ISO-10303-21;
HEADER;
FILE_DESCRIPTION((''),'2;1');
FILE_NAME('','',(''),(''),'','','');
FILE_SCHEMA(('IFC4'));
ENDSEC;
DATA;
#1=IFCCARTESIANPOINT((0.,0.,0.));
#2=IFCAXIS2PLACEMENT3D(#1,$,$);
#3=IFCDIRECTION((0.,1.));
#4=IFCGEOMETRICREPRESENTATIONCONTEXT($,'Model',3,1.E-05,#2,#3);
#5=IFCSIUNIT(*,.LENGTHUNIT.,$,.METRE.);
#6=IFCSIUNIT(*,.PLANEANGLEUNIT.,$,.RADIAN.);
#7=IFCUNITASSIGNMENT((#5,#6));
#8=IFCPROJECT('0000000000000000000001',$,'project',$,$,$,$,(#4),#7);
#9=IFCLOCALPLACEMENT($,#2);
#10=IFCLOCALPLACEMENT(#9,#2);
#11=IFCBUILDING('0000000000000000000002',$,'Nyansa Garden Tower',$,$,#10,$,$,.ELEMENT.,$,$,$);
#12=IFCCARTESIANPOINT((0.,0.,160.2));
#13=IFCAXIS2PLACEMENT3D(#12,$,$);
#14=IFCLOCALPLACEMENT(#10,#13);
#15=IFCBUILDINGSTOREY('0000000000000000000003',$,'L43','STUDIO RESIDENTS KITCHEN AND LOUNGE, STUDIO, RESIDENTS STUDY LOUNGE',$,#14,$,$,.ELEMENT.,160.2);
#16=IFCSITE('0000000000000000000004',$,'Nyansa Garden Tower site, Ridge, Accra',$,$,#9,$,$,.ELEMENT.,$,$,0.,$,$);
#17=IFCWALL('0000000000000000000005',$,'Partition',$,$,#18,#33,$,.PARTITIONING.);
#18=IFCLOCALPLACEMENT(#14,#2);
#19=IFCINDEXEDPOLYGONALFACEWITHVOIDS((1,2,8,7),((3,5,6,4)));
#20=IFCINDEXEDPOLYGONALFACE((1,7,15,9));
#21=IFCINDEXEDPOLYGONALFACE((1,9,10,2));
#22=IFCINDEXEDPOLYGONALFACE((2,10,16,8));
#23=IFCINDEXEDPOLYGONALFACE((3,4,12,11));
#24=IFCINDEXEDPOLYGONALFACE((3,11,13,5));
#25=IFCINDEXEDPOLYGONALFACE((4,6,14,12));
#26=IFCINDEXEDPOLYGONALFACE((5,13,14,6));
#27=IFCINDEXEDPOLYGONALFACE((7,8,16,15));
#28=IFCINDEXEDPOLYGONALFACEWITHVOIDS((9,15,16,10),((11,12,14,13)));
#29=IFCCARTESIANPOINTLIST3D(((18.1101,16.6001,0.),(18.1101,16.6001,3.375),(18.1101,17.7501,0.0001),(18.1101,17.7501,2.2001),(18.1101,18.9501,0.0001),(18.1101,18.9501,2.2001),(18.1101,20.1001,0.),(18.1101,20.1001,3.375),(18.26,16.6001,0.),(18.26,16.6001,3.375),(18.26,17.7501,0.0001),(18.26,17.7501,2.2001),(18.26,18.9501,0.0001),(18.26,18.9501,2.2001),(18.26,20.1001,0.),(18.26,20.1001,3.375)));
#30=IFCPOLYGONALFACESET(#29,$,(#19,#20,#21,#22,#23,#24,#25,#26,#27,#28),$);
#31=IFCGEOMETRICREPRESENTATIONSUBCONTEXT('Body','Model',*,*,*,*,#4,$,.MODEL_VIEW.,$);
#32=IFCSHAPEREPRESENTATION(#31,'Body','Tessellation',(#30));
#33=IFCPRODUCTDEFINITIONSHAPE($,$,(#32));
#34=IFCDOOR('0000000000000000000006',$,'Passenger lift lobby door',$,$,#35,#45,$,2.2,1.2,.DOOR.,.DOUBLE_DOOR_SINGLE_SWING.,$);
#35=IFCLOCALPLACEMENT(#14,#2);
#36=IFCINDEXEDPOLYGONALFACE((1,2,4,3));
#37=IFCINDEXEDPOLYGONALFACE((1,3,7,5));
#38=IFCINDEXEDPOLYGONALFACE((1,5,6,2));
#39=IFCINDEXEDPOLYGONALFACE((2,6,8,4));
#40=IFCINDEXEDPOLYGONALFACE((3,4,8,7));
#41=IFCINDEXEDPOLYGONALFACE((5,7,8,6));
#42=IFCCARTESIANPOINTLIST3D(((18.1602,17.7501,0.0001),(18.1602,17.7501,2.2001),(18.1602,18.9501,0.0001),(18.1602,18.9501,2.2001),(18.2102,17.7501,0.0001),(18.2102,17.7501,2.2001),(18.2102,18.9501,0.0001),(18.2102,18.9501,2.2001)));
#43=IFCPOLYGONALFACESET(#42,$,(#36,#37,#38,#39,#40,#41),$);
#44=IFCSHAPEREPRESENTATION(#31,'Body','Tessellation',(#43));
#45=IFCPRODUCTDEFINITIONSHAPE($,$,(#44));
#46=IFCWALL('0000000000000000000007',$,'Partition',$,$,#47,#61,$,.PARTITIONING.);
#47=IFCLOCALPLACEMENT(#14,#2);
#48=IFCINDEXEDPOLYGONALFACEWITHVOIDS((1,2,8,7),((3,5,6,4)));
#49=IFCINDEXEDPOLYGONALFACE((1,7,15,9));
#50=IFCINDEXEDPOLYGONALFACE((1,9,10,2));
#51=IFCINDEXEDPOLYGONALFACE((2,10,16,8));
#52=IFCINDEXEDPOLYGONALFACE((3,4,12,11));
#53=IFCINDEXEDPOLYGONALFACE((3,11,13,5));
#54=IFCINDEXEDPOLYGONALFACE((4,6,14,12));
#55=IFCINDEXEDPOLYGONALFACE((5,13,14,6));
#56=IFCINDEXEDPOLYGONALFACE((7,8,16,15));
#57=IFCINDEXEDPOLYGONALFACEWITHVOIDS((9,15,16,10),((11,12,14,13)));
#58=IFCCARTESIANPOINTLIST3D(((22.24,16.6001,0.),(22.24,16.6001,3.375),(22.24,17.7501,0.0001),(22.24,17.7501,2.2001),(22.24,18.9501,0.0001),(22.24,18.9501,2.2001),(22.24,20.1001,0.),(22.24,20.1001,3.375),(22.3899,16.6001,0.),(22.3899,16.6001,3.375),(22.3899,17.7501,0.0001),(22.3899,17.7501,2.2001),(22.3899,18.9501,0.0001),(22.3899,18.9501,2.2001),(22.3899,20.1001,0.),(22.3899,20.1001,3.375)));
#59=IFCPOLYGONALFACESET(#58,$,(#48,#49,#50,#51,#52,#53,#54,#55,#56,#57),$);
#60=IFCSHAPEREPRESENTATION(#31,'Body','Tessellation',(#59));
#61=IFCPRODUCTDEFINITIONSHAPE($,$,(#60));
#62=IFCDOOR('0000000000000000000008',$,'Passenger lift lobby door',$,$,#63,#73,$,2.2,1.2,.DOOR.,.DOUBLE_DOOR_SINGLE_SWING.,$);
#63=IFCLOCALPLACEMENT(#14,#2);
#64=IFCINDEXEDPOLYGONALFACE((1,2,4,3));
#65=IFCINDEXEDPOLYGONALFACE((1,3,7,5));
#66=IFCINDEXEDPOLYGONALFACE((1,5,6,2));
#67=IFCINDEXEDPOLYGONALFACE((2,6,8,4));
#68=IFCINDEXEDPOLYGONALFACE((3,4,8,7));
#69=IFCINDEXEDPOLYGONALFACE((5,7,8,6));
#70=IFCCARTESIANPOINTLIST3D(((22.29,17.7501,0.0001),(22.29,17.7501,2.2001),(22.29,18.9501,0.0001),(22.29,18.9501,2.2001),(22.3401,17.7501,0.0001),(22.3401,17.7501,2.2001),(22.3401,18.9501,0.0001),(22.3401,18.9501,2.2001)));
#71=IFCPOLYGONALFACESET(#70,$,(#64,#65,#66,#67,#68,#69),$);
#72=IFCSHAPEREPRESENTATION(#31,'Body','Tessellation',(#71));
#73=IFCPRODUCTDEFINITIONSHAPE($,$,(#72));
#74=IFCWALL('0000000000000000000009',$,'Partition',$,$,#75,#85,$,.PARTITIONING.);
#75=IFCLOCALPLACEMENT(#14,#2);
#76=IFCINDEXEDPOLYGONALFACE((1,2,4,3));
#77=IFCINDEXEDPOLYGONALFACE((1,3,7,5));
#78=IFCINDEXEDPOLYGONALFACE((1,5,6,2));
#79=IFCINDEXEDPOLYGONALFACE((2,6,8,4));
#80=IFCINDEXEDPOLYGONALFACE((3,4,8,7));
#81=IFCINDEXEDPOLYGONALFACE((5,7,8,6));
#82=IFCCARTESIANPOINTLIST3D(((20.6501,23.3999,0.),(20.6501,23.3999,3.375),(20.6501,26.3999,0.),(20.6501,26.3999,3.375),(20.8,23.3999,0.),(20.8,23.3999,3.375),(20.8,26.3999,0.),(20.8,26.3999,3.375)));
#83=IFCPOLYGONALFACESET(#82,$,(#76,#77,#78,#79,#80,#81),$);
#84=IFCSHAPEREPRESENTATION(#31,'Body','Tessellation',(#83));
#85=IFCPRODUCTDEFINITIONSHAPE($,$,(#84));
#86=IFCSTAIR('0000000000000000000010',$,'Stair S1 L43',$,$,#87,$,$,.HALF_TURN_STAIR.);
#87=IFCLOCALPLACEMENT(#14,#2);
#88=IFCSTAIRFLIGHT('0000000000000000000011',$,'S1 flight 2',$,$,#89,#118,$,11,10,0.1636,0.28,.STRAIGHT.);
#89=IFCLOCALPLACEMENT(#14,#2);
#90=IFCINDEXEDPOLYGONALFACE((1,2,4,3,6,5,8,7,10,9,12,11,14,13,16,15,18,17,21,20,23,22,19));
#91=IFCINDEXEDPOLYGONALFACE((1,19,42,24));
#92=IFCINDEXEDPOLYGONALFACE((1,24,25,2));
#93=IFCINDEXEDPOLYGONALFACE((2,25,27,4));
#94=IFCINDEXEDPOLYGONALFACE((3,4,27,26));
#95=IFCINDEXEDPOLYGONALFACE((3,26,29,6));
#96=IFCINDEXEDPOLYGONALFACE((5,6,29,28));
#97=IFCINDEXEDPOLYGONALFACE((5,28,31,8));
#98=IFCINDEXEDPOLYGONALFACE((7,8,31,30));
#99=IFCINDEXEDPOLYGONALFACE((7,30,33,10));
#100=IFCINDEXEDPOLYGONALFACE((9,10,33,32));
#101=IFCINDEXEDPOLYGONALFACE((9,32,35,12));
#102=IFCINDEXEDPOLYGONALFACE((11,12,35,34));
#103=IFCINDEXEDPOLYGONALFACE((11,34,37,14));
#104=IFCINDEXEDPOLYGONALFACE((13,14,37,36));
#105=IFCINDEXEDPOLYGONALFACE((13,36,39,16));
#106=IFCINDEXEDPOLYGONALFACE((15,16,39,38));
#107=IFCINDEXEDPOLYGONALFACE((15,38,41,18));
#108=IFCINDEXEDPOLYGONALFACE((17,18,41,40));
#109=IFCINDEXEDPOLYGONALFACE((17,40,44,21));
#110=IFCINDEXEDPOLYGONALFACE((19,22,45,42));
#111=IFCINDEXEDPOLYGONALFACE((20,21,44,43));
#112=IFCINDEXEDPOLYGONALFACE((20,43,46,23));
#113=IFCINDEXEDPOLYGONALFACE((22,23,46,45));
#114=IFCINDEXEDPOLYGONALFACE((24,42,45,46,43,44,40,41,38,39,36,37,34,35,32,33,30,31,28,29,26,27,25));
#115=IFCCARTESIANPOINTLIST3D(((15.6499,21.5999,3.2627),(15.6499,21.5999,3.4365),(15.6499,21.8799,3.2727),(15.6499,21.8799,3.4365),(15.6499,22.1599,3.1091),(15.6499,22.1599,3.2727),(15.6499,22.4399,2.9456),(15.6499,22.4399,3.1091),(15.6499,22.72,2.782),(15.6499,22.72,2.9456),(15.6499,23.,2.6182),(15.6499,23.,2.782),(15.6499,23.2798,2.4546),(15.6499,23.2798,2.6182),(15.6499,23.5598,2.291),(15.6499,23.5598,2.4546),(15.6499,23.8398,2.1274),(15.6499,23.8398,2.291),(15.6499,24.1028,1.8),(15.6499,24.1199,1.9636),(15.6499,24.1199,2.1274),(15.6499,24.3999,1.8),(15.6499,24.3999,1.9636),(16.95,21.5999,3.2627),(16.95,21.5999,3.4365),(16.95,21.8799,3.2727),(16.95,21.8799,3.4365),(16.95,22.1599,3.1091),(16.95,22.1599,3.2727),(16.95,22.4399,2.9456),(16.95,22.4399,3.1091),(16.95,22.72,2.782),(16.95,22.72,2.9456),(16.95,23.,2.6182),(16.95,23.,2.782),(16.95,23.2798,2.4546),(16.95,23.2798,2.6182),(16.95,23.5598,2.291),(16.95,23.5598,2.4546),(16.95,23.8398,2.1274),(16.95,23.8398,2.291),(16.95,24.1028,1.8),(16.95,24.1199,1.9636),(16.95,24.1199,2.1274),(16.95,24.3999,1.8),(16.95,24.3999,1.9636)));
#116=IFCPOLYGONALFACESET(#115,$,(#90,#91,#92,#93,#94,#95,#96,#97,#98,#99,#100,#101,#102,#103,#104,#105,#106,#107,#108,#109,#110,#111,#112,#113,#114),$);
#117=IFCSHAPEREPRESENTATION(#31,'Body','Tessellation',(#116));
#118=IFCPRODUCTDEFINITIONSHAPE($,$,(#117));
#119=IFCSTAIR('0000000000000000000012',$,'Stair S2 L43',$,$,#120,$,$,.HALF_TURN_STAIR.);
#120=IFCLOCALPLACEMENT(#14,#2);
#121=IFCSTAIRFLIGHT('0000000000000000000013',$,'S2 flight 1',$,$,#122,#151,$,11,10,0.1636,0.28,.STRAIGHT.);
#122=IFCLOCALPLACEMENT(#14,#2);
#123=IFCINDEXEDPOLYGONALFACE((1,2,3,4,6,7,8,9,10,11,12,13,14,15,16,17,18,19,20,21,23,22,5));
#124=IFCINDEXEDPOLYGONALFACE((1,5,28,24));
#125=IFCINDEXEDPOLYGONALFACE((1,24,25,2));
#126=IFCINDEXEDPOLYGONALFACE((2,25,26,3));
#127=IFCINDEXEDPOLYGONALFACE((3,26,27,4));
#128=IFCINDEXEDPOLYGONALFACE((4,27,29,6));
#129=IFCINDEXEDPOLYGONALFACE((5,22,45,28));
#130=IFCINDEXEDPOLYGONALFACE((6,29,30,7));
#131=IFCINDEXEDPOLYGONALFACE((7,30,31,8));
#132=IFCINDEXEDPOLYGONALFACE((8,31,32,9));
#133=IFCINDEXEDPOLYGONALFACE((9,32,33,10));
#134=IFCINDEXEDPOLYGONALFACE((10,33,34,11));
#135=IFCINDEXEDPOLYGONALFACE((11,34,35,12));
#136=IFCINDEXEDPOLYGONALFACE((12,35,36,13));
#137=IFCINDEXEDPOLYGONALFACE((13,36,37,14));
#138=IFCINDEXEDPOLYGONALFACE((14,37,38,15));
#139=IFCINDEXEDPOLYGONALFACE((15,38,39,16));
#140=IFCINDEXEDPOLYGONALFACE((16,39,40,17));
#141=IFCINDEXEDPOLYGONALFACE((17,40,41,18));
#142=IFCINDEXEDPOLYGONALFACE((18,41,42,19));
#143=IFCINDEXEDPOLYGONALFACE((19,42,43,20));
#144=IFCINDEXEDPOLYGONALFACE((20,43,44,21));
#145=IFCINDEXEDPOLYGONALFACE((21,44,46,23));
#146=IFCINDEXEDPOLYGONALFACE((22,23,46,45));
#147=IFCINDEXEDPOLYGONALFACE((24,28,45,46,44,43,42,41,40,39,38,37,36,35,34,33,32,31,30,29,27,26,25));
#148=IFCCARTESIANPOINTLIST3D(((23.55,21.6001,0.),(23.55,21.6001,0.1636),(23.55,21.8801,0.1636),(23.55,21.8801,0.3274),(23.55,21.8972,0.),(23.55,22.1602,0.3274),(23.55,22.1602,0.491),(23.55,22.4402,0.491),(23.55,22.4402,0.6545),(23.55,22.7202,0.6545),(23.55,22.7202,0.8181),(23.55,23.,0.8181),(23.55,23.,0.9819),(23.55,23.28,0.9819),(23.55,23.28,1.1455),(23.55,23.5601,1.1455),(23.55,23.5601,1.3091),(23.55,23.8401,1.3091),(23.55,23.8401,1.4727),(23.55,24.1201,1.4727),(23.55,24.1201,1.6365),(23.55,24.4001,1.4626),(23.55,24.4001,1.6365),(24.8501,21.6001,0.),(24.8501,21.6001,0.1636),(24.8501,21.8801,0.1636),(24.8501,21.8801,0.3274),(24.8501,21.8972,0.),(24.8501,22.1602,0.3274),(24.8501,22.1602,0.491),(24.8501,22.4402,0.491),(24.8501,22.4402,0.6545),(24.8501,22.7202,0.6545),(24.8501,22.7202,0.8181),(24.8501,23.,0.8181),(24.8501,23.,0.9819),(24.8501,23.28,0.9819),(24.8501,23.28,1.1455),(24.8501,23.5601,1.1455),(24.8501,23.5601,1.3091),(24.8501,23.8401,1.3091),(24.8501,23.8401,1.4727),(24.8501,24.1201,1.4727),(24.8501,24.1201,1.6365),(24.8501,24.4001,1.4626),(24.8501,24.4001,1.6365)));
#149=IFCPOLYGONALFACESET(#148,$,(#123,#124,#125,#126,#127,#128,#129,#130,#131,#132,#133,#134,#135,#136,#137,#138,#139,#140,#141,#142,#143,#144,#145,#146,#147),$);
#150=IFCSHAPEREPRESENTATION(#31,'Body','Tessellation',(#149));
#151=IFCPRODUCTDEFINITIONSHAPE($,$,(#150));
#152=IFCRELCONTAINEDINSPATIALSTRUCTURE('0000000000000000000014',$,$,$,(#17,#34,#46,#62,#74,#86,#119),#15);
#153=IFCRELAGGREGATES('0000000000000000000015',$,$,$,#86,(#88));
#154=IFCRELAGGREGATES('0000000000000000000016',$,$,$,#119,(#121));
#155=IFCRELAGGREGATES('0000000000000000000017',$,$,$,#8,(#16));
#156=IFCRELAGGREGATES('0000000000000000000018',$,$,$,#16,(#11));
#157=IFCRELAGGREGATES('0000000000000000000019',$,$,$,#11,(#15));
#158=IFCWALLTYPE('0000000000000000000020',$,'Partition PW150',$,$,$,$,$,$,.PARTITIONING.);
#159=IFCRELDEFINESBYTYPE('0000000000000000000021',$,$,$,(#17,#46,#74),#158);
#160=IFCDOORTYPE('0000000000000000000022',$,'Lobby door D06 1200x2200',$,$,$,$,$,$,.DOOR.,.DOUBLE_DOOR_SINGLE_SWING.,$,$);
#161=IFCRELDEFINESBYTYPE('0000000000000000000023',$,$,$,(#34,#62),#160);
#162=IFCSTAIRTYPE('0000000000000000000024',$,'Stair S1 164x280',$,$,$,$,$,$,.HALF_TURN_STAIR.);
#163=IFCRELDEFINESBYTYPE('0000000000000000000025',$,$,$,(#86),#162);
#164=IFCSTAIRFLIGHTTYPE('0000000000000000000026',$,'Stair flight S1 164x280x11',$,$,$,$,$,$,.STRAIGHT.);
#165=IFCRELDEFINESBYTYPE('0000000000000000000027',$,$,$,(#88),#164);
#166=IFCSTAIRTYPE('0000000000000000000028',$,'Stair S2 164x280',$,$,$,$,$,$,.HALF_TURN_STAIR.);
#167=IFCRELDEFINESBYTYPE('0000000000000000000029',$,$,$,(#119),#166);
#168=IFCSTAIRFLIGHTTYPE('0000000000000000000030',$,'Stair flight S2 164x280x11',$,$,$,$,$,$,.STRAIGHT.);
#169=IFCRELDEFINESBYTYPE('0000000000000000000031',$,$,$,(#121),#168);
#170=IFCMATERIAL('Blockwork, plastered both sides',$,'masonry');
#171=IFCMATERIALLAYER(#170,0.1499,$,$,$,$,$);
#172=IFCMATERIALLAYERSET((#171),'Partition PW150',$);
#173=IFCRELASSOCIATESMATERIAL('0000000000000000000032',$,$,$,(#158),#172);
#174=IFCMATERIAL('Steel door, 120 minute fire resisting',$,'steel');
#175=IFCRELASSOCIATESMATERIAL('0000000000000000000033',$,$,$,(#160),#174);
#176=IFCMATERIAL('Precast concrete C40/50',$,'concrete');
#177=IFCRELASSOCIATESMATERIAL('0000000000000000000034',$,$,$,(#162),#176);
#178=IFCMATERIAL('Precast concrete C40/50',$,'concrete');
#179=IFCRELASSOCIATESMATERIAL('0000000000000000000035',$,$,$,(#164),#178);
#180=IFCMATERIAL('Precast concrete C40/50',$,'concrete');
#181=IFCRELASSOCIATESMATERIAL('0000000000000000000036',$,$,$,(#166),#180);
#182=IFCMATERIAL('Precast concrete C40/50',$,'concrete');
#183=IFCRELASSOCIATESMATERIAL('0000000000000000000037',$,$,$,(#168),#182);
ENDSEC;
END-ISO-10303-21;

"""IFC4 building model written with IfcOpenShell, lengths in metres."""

from ifc_helpers import new_model, si_unit, direction, frame, frame_2d, origin, place, context, subcontext, project, spatial, polyline, rectangle, outline, extrude, material, layer, layer_set, type_object, element, fill, aggregate, save


model = new_model("IFC4")

# Units and contexts
model_context = context("Model", 3, precision=1e-05, world=origin(), true_north=direction((0.0, 1.0)))
body_context = subcontext(model_context, "Body", "Model", "MODEL_VIEW")
ifc_project = project(units=[si_unit("LENGTHUNIT", "METRE"), si_unit("PLANEANGLEUNIT", "RADIAN")], contexts=[model_context])

# Site, building, storey
site_placement = place(None, origin())
site = spatial("IfcSite", under=ifc_project, at=site_placement, Name="Nyansa Garden Tower site, Ridge, Accra", CompositionType="ELEMENT", RefElevation=0.0)
building_placement = place(site_placement, origin())
building = spatial("IfcBuilding", under=site, at=building_placement, Name="Nyansa Garden Tower", CompositionType="ELEMENT")
storey_placement = place(building_placement, frame((0.0, 0.0, 160.2)))
storey = spatial("IfcBuildingStorey", under=building, at=storey_placement, Name="L43", Description="STUDIO RESIDENTS KITCHEN AND LOUNGE, STUDIO, RESIDENTS STUDY LOUNGE", CompositionType="ELEMENT", Elevation=160.2)

# Walls, openings, doors
ifc_material_1 = material(Name="Blockwork, plastered both sides", Category="masonry")
ifc_layer_1 = layer(ifc_material_1, 0.1499)
ifc_layer_set_1 = layer_set([ifc_layer_1], Name="Partition PW150")
wall_type_1 = type_object("IfcWallType", Name="Partition PW150", PredefinedType="PARTITIONING", material=ifc_layer_set_1)
wall_1_placement = place(storey_placement, frame((18.1851, 16.6001, 0.0), z_axis=(0.0, 0.0, 1.0), x_axis=(0.0, 1.0, 0.0)))
wall_1 = element("IfcWall", 1, at=wall_1_placement, inside=storey, type_object=wall_type_1, Name="Partition", PredefinedType="PARTITIONING", context=body_context, shape_type="SweptSolid", body=[
    extrude(rectangle(XDim=3.5, YDim=0.1499, at=frame_2d((1.75, 0.0))), origin(), (0.0, 0.0, 1.0), 3.375),
])
opening_1_placement = place(wall_1_placement, frame((1.1499, 0.0, 0.0)))
opening_1 = element("IfcOpeningElement", 2, at=opening_1_placement, cuts=wall_1, PredefinedType="OPENING", context=body_context, shape_type="SweptSolid", body=[
    extrude(rectangle(XDim=1.2, YDim=2.2, at=frame_2d((0.6001, 1.1001))), frame((0.0, 0.085, 0.0), z_axis=(0.0, -1.0, 0.0), x_axis=(1.0, 0.0, 0.0)), (0.0, 0.0, 1.0), 0.1699),
])
ifc_material_2 = material(Name="Steel door, 120 minute fire resisting", Category="steel")
door_type = type_object("IfcDoorType", Name="Lobby door D06 1200x2200", OperationType="DOUBLE_DOOR_SINGLE_SWING", PredefinedType="DOOR", material=ifc_material_2)
door_1_placement = place(opening_1_placement, origin())
door_1 = element("IfcDoor", 3, at=door_1_placement, inside=storey, type_object=door_type, Name="Passenger lift lobby door", OperationType="DOUBLE_DOOR_SINGLE_SWING", OverallHeight=2.2, OverallWidth=1.2, PredefinedType="DOOR", context=body_context, shape_type="SweptSolid", body=[
    extrude(rectangle(XDim=1.2, YDim=2.2, at=frame_2d((0.6001, 1.1001))), frame((0.0, 0.0249, 0.0), z_axis=(0.0, -1.0, 0.0), x_axis=(1.0, 0.0, 0.0)), (0.0, 0.0, 1.0), 0.05),
])
fill(opening_1, door_1)
wall_2_placement = place(storey_placement, frame((22.3149, 16.6001, 0.0), z_axis=(0.0, 0.0, 1.0), x_axis=(0.0, 1.0, 0.0)))
wall_2 = element("IfcWall", 4, at=wall_2_placement, inside=storey, type_object=wall_type_1, Name="Partition", PredefinedType="PARTITIONING", context=body_context, shape_type="SweptSolid", body=[
    extrude(rectangle(XDim=3.5, YDim=0.1499, at=frame_2d((1.75, 0.0))), origin(), (0.0, 0.0, 1.0), 3.375),
])
opening_2_placement = place(wall_2_placement, frame((1.1499, 0.0, 0.0)))
opening_2 = element("IfcOpeningElement", 5, at=opening_2_placement, cuts=wall_2, PredefinedType="OPENING", context=body_context, shape_type="SweptSolid", body=[
    extrude(rectangle(XDim=1.2, YDim=2.2, at=frame_2d((0.6001, 1.1001))), frame((0.0, 0.085, 0.0), z_axis=(0.0, -1.0, 0.0), x_axis=(1.0, 0.0, 0.0)), (0.0, 0.0, 1.0), 0.1699),
])
door_2_placement = place(opening_2_placement, origin())
door_2 = element("IfcDoor", 6, at=door_2_placement, inside=storey, type_object=door_type, Name="Passenger lift lobby door", OperationType="DOUBLE_DOOR_SINGLE_SWING", OverallHeight=2.2, OverallWidth=1.2, PredefinedType="DOOR", context=body_context, shape_type="SweptSolid", body=[
    extrude(rectangle(XDim=1.2, YDim=2.2, at=frame_2d((0.6001, 1.1001))), frame((0.0, 0.0249, 0.0), z_axis=(0.0, -1.0, 0.0), x_axis=(1.0, 0.0, 0.0)), (0.0, 0.0, 1.0), 0.05),
])
fill(opening_2, door_2)

# Wall
wall_3_placement = place(storey_placement, frame((20.7251, 23.3999, 0.0), z_axis=(0.0, 0.0, 1.0), x_axis=(0.0, 1.0, 0.0)))
element("IfcWall", 7, at=wall_3_placement, inside=storey, type_object=wall_type_1, Name="Partition", PredefinedType="PARTITIONING", context=body_context, shape_type="SweptSolid", body=[
    extrude(rectangle(XDim=3.0, YDim=0.1499, at=frame_2d((1.5, 0.0))), origin(), (0.0, 0.0, 1.0), 3.375),
])

# Stair, stair flight
ifc_material_3 = material(Name="Precast concrete C40/50", Category="concrete")
stair_type_1 = type_object("IfcStairType", Name="Stair S1 164x280", PredefinedType="HALF_TURN_STAIR", material=ifc_material_3)
stair_1_placement = place(storey_placement, origin())
stair_1 = element("IfcStair", 8, at=stair_1_placement, inside=storey, type_object=stair_type_1, Name="Stair S1 L43", PredefinedType="HALF_TURN_STAIR")
ifc_material_4 = material(Name="Precast concrete C40/50", Category="concrete")
stair_flight_type_1 = type_object("IfcStairFlightType", Name="Stair flight S1 164x280x11", PredefinedType="STRAIGHT", material=ifc_material_4)
stair_flight_1_placement = place(storey_placement, frame((16.3, 24.3999, 1.8), z_axis=(0.0, 0.0, 1.0), x_axis=(0.0, -1.0, 0.0)))
stair_flight_1 = element("IfcStairFlight", 9, at=stair_flight_1_placement, type_object=stair_flight_type_1, Name="S1 flight 2", NumberOfRisers=11, NumberOfTreads=10, PredefinedType="STRAIGHT", RiserHeight=0.1636, TreadLength=0.28, context=body_context, shape_type="SweptSolid", body=[
    extrude(outline(polyline([(0.0, 0.0), (0.0, 0.1636), (0.28, 0.1636), (0.28, 0.3274), (0.5601, 0.3274), (0.5601, 0.491), (0.8401, 0.491), (0.8401, 0.6545), (1.1201, 0.6545), (1.1201, 0.8181), (1.3999, 0.8181), (1.3999, 0.9819), (1.6799, 0.9819), (1.6799, 1.1455), (1.96, 1.1455), (1.96, 1.3091), (2.24, 1.3091), (2.24, 1.4727), (2.52, 1.4727), (2.52, 1.6365), (2.8, 1.6365), (2.8, 1.8), (2.8, 1.4626), (0.2971, 0.0), (0.0, 0.0)])), frame((0.0, 0.6499, 0.0), z_axis=(0.0, -1.0, 0.0), x_axis=(1.0, 0.0, 0.0)), (0.0, 0.0, 1.0), 1.3),
])
aggregate(stair_1, [stair_flight_1])

# Stair, stair flight
ifc_material_5 = material(Name="Precast concrete C40/50", Category="concrete")
stair_type_2 = type_object("IfcStairType", Name="Stair S2 164x280", PredefinedType="HALF_TURN_STAIR", material=ifc_material_5)
stair_2_placement = place(storey_placement, origin())
stair_2 = element("IfcStair", 10, at=stair_2_placement, inside=storey, type_object=stair_type_2, Name="Stair S2 L43", PredefinedType="HALF_TURN_STAIR")
ifc_material_6 = material(Name="Precast concrete C40/50", Category="concrete")
stair_flight_type_2 = type_object("IfcStairFlightType", Name="Stair flight S2 164x280x11", PredefinedType="STRAIGHT", material=ifc_material_6)
stair_flight_2_placement = place(storey_placement, frame((24.2, 21.6001, 0.0), z_axis=(0.0, 0.0, 1.0), x_axis=(0.0, 1.0, 0.0)))
stair_flight_2 = element("IfcStairFlight", 11, at=stair_flight_2_placement, type_object=stair_flight_type_2, Name="S2 flight 1", NumberOfRisers=11, NumberOfTreads=10, PredefinedType="STRAIGHT", RiserHeight=0.1636, TreadLength=0.28, context=body_context, shape_type="SweptSolid", body=[
    extrude(outline(polyline([(0.0, 0.0), (0.0, 0.1636), (0.28, 0.1636), (0.28, 0.3274), (0.5601, 0.3274), (0.5601, 0.491), (0.8401, 0.491), (0.8401, 0.6545), (1.1201, 0.6545), (1.1201, 0.8181), (1.3999, 0.8181), (1.3999, 0.9819), (1.6799, 0.9819), (1.6799, 1.1455), (1.96, 1.1455), (1.96, 1.3091), (2.24, 1.3091), (2.24, 1.4727), (2.52, 1.4727), (2.52, 1.6365), (2.8, 1.6365), (2.8, 1.8), (2.8, 1.4626), (0.2971, 0.0), (0.0, 0.0)])), frame((0.0, 0.6499, 0.0), z_axis=(0.0, -1.0, 0.0), x_axis=(1.0, 0.0, 0.0)), (0.0, 0.0, 1.0), 1.3),
])
aggregate(stair_2, [stair_flight_2])

save(model, "model.ifc")
